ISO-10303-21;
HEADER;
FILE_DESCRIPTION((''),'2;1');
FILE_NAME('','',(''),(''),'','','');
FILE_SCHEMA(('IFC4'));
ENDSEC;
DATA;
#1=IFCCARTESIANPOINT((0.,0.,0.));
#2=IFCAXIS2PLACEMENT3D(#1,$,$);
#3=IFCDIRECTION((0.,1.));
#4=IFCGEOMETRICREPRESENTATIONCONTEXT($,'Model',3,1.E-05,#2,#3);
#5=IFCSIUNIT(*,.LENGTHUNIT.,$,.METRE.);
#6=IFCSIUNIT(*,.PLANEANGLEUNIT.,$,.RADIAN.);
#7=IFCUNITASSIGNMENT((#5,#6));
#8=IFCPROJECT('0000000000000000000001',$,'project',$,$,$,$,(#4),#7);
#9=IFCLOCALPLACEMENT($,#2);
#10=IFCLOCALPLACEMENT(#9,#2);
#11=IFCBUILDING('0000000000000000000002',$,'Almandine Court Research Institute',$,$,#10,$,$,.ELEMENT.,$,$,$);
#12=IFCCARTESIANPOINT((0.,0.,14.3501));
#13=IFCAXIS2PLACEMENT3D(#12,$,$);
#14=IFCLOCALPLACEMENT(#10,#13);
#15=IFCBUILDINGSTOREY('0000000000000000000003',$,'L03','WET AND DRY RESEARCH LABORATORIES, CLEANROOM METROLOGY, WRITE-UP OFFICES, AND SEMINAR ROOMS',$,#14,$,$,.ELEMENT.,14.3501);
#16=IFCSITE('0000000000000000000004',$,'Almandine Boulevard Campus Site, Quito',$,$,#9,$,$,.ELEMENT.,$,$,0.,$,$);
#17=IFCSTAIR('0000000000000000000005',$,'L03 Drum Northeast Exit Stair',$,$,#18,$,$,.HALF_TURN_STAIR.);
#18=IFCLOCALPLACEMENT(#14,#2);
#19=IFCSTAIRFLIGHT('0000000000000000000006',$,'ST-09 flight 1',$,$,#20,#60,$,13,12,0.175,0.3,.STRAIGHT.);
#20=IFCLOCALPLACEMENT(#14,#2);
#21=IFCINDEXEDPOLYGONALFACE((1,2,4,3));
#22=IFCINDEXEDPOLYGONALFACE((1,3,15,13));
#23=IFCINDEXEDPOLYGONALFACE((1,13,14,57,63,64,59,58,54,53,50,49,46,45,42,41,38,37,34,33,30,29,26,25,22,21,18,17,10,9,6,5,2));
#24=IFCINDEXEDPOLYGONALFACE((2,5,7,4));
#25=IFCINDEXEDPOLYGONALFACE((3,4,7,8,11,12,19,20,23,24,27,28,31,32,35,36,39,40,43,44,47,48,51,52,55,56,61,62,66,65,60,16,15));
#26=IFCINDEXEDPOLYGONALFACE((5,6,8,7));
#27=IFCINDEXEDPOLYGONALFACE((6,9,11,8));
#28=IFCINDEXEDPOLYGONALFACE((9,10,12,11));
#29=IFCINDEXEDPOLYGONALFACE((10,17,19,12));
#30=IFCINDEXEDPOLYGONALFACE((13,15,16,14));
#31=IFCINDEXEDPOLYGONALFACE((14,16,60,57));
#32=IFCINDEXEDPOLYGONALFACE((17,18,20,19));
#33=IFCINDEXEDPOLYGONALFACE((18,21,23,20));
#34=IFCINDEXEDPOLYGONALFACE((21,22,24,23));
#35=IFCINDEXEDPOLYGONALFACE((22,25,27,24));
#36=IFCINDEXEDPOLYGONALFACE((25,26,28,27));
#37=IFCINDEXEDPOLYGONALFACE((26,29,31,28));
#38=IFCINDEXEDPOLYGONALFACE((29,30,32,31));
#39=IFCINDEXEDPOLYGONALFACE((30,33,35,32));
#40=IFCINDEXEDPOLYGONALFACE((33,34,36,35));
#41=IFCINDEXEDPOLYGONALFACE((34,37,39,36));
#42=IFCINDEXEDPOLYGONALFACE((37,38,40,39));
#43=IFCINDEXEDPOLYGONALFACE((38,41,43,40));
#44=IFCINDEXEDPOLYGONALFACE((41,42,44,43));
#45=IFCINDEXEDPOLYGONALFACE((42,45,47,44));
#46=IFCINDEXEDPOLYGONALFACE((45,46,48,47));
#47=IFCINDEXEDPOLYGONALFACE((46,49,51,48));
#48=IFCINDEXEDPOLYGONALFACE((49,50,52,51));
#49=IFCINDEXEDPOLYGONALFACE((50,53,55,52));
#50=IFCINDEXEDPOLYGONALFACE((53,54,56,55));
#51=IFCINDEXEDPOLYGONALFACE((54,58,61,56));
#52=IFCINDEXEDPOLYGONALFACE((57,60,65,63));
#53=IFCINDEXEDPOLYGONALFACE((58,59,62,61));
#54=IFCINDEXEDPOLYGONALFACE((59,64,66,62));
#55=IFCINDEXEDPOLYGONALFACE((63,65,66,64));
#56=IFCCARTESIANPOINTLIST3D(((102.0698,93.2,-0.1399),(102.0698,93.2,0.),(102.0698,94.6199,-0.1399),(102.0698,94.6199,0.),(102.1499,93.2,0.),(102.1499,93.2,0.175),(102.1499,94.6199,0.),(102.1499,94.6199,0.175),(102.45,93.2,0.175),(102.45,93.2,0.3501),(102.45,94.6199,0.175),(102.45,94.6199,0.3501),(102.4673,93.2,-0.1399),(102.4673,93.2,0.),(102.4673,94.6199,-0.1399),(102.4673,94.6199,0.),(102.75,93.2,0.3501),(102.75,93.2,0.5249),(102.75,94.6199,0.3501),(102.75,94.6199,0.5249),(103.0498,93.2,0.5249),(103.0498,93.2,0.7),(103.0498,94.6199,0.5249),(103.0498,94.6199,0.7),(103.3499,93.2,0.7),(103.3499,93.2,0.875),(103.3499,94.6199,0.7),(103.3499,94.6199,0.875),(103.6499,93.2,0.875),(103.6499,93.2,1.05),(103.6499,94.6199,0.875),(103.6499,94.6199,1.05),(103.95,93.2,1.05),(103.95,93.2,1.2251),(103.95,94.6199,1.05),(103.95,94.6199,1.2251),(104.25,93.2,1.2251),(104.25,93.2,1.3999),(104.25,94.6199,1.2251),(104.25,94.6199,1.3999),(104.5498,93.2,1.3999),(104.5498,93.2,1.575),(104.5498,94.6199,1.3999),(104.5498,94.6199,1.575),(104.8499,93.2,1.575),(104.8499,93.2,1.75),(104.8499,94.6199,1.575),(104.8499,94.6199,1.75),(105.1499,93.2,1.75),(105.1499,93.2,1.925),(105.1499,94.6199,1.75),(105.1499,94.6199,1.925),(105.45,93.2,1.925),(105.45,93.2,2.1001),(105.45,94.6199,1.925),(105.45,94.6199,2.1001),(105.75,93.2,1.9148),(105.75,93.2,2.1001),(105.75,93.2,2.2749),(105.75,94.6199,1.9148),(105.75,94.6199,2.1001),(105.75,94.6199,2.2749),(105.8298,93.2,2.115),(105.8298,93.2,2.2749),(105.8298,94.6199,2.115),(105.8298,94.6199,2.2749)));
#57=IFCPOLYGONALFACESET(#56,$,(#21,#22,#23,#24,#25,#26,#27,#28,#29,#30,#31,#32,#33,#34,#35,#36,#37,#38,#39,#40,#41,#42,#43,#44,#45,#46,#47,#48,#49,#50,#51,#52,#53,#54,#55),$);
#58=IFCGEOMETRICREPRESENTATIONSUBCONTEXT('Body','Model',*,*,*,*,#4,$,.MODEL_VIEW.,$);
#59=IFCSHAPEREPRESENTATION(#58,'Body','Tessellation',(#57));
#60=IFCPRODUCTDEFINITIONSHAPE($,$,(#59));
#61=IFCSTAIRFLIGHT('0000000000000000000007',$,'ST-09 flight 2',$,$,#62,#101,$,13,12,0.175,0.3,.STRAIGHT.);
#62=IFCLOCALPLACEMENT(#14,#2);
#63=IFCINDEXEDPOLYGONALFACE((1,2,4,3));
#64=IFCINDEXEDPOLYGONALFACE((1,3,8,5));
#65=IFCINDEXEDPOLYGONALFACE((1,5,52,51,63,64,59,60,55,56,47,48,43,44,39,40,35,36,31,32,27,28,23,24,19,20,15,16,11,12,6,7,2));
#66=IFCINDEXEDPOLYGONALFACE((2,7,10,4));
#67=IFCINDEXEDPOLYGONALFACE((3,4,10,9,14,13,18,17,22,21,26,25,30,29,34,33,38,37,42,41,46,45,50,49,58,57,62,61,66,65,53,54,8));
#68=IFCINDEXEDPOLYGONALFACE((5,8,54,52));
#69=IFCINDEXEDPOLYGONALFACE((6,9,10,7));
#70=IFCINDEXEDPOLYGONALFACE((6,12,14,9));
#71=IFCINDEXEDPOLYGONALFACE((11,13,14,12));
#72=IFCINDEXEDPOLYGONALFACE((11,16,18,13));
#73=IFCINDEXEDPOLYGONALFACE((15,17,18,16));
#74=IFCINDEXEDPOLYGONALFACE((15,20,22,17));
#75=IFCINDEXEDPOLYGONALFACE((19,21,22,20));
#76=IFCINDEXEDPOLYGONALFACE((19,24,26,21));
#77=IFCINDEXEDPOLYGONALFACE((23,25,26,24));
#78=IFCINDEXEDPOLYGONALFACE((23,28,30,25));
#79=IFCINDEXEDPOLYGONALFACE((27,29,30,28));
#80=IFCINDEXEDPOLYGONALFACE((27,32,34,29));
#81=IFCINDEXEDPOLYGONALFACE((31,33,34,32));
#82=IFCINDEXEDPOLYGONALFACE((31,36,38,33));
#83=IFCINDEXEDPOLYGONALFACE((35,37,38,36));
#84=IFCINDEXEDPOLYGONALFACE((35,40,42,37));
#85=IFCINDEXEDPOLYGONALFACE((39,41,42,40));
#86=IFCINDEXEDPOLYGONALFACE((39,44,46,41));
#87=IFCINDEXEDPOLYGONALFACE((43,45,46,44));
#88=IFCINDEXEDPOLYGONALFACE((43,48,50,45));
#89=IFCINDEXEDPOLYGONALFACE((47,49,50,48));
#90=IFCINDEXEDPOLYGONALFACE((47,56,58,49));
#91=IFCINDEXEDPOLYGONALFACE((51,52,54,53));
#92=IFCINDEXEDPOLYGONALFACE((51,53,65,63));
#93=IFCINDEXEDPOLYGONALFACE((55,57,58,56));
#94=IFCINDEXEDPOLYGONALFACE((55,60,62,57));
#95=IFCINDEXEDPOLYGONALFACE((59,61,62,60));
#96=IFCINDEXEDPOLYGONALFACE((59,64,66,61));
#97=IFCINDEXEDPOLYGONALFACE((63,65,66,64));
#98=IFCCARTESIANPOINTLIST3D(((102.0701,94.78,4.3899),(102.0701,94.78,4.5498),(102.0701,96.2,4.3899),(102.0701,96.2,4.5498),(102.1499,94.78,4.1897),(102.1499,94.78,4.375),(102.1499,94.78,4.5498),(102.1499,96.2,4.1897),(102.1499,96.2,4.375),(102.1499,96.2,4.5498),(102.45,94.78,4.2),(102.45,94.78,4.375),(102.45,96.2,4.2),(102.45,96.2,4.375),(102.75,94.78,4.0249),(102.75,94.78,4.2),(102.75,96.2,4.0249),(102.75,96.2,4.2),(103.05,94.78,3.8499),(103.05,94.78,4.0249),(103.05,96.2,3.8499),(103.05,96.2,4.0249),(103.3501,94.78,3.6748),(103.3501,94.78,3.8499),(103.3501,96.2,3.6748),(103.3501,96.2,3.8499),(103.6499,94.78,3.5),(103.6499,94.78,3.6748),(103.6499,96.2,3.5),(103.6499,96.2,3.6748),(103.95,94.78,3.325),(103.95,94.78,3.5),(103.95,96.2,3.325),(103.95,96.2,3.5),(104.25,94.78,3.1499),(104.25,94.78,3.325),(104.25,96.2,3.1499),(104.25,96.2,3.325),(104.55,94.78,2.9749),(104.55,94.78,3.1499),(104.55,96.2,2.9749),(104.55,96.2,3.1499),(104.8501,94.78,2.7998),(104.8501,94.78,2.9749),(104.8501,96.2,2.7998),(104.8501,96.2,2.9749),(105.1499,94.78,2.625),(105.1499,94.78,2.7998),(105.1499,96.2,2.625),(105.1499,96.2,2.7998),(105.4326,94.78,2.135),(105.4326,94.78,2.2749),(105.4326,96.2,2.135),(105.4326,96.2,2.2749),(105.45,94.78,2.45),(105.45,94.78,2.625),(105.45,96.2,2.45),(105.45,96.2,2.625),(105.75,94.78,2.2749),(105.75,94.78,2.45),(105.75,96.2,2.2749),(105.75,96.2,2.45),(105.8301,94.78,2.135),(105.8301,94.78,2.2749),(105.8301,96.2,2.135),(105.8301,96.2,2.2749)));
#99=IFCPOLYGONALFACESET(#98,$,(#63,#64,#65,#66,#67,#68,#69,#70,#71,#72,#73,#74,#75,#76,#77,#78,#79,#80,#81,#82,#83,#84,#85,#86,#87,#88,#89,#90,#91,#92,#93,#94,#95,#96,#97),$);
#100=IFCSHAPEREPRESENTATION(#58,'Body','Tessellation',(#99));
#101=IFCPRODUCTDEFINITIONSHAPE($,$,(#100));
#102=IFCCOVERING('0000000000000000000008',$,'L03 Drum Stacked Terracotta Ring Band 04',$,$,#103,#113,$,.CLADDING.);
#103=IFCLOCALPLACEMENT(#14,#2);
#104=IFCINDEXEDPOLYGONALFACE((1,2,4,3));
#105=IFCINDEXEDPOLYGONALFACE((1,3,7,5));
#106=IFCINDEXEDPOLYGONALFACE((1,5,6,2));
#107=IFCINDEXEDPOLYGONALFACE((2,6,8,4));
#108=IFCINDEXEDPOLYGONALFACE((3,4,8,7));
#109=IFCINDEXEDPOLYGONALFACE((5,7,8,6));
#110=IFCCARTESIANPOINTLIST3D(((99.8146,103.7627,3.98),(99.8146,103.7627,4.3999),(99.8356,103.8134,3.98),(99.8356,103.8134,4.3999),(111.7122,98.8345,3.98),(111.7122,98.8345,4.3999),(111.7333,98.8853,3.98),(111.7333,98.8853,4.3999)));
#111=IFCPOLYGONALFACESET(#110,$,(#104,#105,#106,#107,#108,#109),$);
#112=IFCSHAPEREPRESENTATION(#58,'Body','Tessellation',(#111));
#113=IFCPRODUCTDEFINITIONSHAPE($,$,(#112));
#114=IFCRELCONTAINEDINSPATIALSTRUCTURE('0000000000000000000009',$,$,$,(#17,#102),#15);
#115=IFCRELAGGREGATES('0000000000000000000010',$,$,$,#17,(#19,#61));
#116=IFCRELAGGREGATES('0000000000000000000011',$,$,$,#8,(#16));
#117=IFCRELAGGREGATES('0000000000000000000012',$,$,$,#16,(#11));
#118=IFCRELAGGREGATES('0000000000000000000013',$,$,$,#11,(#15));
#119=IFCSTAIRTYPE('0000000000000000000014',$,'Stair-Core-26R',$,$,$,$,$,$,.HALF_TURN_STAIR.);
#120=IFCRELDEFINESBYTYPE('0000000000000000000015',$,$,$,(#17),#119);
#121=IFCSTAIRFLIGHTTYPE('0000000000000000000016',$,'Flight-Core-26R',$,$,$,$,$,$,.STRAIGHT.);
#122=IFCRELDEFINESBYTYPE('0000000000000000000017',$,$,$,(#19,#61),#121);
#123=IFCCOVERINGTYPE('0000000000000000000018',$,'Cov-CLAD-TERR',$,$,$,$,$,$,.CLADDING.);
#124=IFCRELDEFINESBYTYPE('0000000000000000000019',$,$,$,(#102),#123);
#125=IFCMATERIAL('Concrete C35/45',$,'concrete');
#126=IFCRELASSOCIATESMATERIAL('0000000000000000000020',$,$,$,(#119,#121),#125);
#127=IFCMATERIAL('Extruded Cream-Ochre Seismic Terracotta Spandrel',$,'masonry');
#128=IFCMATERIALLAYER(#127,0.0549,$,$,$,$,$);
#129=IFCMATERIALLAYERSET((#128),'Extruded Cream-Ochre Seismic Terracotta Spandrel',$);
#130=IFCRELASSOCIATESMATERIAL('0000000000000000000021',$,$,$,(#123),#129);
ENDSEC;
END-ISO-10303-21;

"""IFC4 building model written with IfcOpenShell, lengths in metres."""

from ifc_helpers import new_model, si_unit, direction, frame, origin, origin_2d, place, context, subcontext, project, spatial, polyline, rectangle, outline, extrude, material, layer, layer_set, type_object, element, aggregate, save


model = new_model("IFC4")

# Units and contexts
model_context = context("Model", 3, precision=1e-05, world=origin(), true_north=direction((0.0, 1.0)))
body_context = subcontext(model_context, "Body", "Model", "MODEL_VIEW")
ifc_project = project(units=[si_unit("LENGTHUNIT", "METRE"), si_unit("PLANEANGLEUNIT", "RADIAN")], contexts=[model_context])

# Site, building, storey
site_placement = place(None, origin())
site = spatial("IfcSite", under=ifc_project, at=site_placement, Name="Almandine Boulevard Campus Site, Quito", CompositionType="ELEMENT", RefElevation=0.0)
building_placement = place(site_placement, origin())
building = spatial("IfcBuilding", under=site, at=building_placement, Name="Almandine Court Research Institute", CompositionType="ELEMENT")
storey_placement = place(building_placement, frame((0.0, 0.0, 14.3501)))
storey = spatial("IfcBuildingStorey", under=building, at=storey_placement, Name="L03", Description="WET AND DRY RESEARCH LABORATORIES, CLEANROOM METROLOGY, WRITE-UP OFFICES, AND SEMINAR ROOMS", CompositionType="ELEMENT", Elevation=14.3501)

# Stair, stair flights
ifc_material_1 = material(Name="Concrete C35/45", Category="concrete")
stair_type = type_object("IfcStairType", Name="Stair-Core-26R", PredefinedType="HALF_TURN_STAIR", material=ifc_material_1)
stair_placement = place(storey_placement, origin())
stair = element("IfcStair", 1, at=stair_placement, inside=storey, type_object=stair_type, Name="L03 Drum Northeast Exit Stair", PredefinedType="HALF_TURN_STAIR")
stair_flight_type = type_object("IfcStairFlightType", Name="Flight-Core-26R", PredefinedType="STRAIGHT", material=ifc_material_1)
stair_flight_1_placement = place(storey_placement, frame((102.1499, 93.9099, 0.0), z_axis=(0.0, 0.0, 1.0), x_axis=(1.0, 0.0, 0.0)))
stair_flight_1 = element("IfcStairFlight", 2, at=stair_flight_1_placement, type_object=stair_flight_type, Name="ST-09 flight 1", NumberOfRisers=13, NumberOfTreads=12, PredefinedType="STRAIGHT", RiserHeight=0.175, TreadLength=0.3, context=body_context, shape_type="SweptSolid", body=[
    extrude(outline(polyline([(-0.0801, -0.1399), (-0.0801, 0.0), (0.0, 0.0), (0.0, 0.175), (0.3, 0.175), (0.3, 0.3501), (0.6001, 0.3501), (0.6001, 0.5249), (0.8999, 0.5249), (0.8999, 0.7), (1.2, 0.7), (1.2, 0.875), (1.5, 0.875), (1.5, 1.05), (1.8, 1.05), (1.8, 1.2251), (2.1001, 1.2251), (2.1001, 1.3999), (2.3999, 1.3999), (2.3999, 1.575), (2.7, 1.575), (2.7, 1.75), (3.0, 1.75), (3.0, 1.925), (3.3, 1.925), (3.3, 2.1001), (3.6001, 2.1001), (3.6001, 2.2749), (3.6799, 2.2749), (3.6799, 2.115), (3.6001, 1.9148), (0.3174, 0.0), (0.3174, -0.1399), (-0.0801, -0.1399)])), frame((0.0, 0.71, 0.0), z_axis=(0.0, -1.0, 0.0), x_axis=(1.0, 0.0, 0.0)), (0.0, 0.0, 1.0), 1.4199),
])
stair_flight_2_placement = place(storey_placement, frame((105.75, 95.49, 2.2749), z_axis=(0.0, 0.0, 1.0), x_axis=(-1.0, 0.0, 0.0)))
stair_flight_2 = element("IfcStairFlight", 3, at=stair_flight_2_placement, type_object=stair_flight_type, Name="ST-09 flight 2", NumberOfRisers=13, NumberOfTreads=12, PredefinedType="STRAIGHT", RiserHeight=0.175, TreadLength=0.3, context=body_context, shape_type="SweptSolid", body=[
    extrude(outline(polyline([(-0.0801, -0.1399), (-0.0801, 0.0), (0.0, 0.0), (0.0, 0.175), (0.3, 0.175), (0.3, 0.3501), (0.6001, 0.3501), (0.6001, 0.5249), (0.8999, 0.5249), (0.8999, 0.7), (1.2, 0.7), (1.2, 0.875), (1.5, 0.875), (1.5, 1.05), (1.8, 1.05), (1.8, 1.2251), (2.1001, 1.2251), (2.1001, 1.3999), (2.3999, 1.3999), (2.3999, 1.575), (2.7, 1.575), (2.7, 1.75), (3.0, 1.75), (3.0, 1.925), (3.3, 1.925), (3.3, 2.1001), (3.6001, 2.1001), (3.6001, 2.2749), (3.6799, 2.2749), (3.6799, 2.115), (3.6001, 1.9148), (0.3174, 0.0), (0.3174, -0.1399), (-0.0801, -0.1399)])), frame((0.0, 0.71, 0.0), z_axis=(0.0, -1.0, 0.0), x_axis=(1.0, 0.0, 0.0)), (0.0, 0.0, 1.0), 1.4199),
])
aggregate(stair, [stair_flight_1, stair_flight_2])

# Covering
ifc_material_2 = material(Name="Extruded Cream-Ochre Seismic Terracotta Spandrel", Category="masonry")
ifc_layer_1 = layer(ifc_material_2, 0.0549)
ifc_layer_set_1 = layer_set([ifc_layer_1], Name="Extruded Cream-Ochre Seismic Terracotta Spandrel")
covering_type = type_object("IfcCoveringType", Name="Cov-CLAD-TERR", PredefinedType="CLADDING", material=ifc_layer_set_1)
covering_placement = place(storey_placement, frame((105.7739, 101.324, 3.98), z_axis=(0.0, 0.0, 1.0), x_axis=(0.92388, -0.382683, 0.0)))
element("IfcCovering", 4, at=covering_placement, inside=storey, type_object=covering_type, Name="L03 Drum Stacked Terracotta Ring Band 04", PredefinedType="CLADDING", context=body_context, shape_type="SweptSolid", body=[
    extrude(rectangle(XDim=12.8779, YDim=0.0549, at=origin_2d()), origin(), (0.0, 0.0, 1.0), 0.4199),
])

save(model, "model.ifc")
